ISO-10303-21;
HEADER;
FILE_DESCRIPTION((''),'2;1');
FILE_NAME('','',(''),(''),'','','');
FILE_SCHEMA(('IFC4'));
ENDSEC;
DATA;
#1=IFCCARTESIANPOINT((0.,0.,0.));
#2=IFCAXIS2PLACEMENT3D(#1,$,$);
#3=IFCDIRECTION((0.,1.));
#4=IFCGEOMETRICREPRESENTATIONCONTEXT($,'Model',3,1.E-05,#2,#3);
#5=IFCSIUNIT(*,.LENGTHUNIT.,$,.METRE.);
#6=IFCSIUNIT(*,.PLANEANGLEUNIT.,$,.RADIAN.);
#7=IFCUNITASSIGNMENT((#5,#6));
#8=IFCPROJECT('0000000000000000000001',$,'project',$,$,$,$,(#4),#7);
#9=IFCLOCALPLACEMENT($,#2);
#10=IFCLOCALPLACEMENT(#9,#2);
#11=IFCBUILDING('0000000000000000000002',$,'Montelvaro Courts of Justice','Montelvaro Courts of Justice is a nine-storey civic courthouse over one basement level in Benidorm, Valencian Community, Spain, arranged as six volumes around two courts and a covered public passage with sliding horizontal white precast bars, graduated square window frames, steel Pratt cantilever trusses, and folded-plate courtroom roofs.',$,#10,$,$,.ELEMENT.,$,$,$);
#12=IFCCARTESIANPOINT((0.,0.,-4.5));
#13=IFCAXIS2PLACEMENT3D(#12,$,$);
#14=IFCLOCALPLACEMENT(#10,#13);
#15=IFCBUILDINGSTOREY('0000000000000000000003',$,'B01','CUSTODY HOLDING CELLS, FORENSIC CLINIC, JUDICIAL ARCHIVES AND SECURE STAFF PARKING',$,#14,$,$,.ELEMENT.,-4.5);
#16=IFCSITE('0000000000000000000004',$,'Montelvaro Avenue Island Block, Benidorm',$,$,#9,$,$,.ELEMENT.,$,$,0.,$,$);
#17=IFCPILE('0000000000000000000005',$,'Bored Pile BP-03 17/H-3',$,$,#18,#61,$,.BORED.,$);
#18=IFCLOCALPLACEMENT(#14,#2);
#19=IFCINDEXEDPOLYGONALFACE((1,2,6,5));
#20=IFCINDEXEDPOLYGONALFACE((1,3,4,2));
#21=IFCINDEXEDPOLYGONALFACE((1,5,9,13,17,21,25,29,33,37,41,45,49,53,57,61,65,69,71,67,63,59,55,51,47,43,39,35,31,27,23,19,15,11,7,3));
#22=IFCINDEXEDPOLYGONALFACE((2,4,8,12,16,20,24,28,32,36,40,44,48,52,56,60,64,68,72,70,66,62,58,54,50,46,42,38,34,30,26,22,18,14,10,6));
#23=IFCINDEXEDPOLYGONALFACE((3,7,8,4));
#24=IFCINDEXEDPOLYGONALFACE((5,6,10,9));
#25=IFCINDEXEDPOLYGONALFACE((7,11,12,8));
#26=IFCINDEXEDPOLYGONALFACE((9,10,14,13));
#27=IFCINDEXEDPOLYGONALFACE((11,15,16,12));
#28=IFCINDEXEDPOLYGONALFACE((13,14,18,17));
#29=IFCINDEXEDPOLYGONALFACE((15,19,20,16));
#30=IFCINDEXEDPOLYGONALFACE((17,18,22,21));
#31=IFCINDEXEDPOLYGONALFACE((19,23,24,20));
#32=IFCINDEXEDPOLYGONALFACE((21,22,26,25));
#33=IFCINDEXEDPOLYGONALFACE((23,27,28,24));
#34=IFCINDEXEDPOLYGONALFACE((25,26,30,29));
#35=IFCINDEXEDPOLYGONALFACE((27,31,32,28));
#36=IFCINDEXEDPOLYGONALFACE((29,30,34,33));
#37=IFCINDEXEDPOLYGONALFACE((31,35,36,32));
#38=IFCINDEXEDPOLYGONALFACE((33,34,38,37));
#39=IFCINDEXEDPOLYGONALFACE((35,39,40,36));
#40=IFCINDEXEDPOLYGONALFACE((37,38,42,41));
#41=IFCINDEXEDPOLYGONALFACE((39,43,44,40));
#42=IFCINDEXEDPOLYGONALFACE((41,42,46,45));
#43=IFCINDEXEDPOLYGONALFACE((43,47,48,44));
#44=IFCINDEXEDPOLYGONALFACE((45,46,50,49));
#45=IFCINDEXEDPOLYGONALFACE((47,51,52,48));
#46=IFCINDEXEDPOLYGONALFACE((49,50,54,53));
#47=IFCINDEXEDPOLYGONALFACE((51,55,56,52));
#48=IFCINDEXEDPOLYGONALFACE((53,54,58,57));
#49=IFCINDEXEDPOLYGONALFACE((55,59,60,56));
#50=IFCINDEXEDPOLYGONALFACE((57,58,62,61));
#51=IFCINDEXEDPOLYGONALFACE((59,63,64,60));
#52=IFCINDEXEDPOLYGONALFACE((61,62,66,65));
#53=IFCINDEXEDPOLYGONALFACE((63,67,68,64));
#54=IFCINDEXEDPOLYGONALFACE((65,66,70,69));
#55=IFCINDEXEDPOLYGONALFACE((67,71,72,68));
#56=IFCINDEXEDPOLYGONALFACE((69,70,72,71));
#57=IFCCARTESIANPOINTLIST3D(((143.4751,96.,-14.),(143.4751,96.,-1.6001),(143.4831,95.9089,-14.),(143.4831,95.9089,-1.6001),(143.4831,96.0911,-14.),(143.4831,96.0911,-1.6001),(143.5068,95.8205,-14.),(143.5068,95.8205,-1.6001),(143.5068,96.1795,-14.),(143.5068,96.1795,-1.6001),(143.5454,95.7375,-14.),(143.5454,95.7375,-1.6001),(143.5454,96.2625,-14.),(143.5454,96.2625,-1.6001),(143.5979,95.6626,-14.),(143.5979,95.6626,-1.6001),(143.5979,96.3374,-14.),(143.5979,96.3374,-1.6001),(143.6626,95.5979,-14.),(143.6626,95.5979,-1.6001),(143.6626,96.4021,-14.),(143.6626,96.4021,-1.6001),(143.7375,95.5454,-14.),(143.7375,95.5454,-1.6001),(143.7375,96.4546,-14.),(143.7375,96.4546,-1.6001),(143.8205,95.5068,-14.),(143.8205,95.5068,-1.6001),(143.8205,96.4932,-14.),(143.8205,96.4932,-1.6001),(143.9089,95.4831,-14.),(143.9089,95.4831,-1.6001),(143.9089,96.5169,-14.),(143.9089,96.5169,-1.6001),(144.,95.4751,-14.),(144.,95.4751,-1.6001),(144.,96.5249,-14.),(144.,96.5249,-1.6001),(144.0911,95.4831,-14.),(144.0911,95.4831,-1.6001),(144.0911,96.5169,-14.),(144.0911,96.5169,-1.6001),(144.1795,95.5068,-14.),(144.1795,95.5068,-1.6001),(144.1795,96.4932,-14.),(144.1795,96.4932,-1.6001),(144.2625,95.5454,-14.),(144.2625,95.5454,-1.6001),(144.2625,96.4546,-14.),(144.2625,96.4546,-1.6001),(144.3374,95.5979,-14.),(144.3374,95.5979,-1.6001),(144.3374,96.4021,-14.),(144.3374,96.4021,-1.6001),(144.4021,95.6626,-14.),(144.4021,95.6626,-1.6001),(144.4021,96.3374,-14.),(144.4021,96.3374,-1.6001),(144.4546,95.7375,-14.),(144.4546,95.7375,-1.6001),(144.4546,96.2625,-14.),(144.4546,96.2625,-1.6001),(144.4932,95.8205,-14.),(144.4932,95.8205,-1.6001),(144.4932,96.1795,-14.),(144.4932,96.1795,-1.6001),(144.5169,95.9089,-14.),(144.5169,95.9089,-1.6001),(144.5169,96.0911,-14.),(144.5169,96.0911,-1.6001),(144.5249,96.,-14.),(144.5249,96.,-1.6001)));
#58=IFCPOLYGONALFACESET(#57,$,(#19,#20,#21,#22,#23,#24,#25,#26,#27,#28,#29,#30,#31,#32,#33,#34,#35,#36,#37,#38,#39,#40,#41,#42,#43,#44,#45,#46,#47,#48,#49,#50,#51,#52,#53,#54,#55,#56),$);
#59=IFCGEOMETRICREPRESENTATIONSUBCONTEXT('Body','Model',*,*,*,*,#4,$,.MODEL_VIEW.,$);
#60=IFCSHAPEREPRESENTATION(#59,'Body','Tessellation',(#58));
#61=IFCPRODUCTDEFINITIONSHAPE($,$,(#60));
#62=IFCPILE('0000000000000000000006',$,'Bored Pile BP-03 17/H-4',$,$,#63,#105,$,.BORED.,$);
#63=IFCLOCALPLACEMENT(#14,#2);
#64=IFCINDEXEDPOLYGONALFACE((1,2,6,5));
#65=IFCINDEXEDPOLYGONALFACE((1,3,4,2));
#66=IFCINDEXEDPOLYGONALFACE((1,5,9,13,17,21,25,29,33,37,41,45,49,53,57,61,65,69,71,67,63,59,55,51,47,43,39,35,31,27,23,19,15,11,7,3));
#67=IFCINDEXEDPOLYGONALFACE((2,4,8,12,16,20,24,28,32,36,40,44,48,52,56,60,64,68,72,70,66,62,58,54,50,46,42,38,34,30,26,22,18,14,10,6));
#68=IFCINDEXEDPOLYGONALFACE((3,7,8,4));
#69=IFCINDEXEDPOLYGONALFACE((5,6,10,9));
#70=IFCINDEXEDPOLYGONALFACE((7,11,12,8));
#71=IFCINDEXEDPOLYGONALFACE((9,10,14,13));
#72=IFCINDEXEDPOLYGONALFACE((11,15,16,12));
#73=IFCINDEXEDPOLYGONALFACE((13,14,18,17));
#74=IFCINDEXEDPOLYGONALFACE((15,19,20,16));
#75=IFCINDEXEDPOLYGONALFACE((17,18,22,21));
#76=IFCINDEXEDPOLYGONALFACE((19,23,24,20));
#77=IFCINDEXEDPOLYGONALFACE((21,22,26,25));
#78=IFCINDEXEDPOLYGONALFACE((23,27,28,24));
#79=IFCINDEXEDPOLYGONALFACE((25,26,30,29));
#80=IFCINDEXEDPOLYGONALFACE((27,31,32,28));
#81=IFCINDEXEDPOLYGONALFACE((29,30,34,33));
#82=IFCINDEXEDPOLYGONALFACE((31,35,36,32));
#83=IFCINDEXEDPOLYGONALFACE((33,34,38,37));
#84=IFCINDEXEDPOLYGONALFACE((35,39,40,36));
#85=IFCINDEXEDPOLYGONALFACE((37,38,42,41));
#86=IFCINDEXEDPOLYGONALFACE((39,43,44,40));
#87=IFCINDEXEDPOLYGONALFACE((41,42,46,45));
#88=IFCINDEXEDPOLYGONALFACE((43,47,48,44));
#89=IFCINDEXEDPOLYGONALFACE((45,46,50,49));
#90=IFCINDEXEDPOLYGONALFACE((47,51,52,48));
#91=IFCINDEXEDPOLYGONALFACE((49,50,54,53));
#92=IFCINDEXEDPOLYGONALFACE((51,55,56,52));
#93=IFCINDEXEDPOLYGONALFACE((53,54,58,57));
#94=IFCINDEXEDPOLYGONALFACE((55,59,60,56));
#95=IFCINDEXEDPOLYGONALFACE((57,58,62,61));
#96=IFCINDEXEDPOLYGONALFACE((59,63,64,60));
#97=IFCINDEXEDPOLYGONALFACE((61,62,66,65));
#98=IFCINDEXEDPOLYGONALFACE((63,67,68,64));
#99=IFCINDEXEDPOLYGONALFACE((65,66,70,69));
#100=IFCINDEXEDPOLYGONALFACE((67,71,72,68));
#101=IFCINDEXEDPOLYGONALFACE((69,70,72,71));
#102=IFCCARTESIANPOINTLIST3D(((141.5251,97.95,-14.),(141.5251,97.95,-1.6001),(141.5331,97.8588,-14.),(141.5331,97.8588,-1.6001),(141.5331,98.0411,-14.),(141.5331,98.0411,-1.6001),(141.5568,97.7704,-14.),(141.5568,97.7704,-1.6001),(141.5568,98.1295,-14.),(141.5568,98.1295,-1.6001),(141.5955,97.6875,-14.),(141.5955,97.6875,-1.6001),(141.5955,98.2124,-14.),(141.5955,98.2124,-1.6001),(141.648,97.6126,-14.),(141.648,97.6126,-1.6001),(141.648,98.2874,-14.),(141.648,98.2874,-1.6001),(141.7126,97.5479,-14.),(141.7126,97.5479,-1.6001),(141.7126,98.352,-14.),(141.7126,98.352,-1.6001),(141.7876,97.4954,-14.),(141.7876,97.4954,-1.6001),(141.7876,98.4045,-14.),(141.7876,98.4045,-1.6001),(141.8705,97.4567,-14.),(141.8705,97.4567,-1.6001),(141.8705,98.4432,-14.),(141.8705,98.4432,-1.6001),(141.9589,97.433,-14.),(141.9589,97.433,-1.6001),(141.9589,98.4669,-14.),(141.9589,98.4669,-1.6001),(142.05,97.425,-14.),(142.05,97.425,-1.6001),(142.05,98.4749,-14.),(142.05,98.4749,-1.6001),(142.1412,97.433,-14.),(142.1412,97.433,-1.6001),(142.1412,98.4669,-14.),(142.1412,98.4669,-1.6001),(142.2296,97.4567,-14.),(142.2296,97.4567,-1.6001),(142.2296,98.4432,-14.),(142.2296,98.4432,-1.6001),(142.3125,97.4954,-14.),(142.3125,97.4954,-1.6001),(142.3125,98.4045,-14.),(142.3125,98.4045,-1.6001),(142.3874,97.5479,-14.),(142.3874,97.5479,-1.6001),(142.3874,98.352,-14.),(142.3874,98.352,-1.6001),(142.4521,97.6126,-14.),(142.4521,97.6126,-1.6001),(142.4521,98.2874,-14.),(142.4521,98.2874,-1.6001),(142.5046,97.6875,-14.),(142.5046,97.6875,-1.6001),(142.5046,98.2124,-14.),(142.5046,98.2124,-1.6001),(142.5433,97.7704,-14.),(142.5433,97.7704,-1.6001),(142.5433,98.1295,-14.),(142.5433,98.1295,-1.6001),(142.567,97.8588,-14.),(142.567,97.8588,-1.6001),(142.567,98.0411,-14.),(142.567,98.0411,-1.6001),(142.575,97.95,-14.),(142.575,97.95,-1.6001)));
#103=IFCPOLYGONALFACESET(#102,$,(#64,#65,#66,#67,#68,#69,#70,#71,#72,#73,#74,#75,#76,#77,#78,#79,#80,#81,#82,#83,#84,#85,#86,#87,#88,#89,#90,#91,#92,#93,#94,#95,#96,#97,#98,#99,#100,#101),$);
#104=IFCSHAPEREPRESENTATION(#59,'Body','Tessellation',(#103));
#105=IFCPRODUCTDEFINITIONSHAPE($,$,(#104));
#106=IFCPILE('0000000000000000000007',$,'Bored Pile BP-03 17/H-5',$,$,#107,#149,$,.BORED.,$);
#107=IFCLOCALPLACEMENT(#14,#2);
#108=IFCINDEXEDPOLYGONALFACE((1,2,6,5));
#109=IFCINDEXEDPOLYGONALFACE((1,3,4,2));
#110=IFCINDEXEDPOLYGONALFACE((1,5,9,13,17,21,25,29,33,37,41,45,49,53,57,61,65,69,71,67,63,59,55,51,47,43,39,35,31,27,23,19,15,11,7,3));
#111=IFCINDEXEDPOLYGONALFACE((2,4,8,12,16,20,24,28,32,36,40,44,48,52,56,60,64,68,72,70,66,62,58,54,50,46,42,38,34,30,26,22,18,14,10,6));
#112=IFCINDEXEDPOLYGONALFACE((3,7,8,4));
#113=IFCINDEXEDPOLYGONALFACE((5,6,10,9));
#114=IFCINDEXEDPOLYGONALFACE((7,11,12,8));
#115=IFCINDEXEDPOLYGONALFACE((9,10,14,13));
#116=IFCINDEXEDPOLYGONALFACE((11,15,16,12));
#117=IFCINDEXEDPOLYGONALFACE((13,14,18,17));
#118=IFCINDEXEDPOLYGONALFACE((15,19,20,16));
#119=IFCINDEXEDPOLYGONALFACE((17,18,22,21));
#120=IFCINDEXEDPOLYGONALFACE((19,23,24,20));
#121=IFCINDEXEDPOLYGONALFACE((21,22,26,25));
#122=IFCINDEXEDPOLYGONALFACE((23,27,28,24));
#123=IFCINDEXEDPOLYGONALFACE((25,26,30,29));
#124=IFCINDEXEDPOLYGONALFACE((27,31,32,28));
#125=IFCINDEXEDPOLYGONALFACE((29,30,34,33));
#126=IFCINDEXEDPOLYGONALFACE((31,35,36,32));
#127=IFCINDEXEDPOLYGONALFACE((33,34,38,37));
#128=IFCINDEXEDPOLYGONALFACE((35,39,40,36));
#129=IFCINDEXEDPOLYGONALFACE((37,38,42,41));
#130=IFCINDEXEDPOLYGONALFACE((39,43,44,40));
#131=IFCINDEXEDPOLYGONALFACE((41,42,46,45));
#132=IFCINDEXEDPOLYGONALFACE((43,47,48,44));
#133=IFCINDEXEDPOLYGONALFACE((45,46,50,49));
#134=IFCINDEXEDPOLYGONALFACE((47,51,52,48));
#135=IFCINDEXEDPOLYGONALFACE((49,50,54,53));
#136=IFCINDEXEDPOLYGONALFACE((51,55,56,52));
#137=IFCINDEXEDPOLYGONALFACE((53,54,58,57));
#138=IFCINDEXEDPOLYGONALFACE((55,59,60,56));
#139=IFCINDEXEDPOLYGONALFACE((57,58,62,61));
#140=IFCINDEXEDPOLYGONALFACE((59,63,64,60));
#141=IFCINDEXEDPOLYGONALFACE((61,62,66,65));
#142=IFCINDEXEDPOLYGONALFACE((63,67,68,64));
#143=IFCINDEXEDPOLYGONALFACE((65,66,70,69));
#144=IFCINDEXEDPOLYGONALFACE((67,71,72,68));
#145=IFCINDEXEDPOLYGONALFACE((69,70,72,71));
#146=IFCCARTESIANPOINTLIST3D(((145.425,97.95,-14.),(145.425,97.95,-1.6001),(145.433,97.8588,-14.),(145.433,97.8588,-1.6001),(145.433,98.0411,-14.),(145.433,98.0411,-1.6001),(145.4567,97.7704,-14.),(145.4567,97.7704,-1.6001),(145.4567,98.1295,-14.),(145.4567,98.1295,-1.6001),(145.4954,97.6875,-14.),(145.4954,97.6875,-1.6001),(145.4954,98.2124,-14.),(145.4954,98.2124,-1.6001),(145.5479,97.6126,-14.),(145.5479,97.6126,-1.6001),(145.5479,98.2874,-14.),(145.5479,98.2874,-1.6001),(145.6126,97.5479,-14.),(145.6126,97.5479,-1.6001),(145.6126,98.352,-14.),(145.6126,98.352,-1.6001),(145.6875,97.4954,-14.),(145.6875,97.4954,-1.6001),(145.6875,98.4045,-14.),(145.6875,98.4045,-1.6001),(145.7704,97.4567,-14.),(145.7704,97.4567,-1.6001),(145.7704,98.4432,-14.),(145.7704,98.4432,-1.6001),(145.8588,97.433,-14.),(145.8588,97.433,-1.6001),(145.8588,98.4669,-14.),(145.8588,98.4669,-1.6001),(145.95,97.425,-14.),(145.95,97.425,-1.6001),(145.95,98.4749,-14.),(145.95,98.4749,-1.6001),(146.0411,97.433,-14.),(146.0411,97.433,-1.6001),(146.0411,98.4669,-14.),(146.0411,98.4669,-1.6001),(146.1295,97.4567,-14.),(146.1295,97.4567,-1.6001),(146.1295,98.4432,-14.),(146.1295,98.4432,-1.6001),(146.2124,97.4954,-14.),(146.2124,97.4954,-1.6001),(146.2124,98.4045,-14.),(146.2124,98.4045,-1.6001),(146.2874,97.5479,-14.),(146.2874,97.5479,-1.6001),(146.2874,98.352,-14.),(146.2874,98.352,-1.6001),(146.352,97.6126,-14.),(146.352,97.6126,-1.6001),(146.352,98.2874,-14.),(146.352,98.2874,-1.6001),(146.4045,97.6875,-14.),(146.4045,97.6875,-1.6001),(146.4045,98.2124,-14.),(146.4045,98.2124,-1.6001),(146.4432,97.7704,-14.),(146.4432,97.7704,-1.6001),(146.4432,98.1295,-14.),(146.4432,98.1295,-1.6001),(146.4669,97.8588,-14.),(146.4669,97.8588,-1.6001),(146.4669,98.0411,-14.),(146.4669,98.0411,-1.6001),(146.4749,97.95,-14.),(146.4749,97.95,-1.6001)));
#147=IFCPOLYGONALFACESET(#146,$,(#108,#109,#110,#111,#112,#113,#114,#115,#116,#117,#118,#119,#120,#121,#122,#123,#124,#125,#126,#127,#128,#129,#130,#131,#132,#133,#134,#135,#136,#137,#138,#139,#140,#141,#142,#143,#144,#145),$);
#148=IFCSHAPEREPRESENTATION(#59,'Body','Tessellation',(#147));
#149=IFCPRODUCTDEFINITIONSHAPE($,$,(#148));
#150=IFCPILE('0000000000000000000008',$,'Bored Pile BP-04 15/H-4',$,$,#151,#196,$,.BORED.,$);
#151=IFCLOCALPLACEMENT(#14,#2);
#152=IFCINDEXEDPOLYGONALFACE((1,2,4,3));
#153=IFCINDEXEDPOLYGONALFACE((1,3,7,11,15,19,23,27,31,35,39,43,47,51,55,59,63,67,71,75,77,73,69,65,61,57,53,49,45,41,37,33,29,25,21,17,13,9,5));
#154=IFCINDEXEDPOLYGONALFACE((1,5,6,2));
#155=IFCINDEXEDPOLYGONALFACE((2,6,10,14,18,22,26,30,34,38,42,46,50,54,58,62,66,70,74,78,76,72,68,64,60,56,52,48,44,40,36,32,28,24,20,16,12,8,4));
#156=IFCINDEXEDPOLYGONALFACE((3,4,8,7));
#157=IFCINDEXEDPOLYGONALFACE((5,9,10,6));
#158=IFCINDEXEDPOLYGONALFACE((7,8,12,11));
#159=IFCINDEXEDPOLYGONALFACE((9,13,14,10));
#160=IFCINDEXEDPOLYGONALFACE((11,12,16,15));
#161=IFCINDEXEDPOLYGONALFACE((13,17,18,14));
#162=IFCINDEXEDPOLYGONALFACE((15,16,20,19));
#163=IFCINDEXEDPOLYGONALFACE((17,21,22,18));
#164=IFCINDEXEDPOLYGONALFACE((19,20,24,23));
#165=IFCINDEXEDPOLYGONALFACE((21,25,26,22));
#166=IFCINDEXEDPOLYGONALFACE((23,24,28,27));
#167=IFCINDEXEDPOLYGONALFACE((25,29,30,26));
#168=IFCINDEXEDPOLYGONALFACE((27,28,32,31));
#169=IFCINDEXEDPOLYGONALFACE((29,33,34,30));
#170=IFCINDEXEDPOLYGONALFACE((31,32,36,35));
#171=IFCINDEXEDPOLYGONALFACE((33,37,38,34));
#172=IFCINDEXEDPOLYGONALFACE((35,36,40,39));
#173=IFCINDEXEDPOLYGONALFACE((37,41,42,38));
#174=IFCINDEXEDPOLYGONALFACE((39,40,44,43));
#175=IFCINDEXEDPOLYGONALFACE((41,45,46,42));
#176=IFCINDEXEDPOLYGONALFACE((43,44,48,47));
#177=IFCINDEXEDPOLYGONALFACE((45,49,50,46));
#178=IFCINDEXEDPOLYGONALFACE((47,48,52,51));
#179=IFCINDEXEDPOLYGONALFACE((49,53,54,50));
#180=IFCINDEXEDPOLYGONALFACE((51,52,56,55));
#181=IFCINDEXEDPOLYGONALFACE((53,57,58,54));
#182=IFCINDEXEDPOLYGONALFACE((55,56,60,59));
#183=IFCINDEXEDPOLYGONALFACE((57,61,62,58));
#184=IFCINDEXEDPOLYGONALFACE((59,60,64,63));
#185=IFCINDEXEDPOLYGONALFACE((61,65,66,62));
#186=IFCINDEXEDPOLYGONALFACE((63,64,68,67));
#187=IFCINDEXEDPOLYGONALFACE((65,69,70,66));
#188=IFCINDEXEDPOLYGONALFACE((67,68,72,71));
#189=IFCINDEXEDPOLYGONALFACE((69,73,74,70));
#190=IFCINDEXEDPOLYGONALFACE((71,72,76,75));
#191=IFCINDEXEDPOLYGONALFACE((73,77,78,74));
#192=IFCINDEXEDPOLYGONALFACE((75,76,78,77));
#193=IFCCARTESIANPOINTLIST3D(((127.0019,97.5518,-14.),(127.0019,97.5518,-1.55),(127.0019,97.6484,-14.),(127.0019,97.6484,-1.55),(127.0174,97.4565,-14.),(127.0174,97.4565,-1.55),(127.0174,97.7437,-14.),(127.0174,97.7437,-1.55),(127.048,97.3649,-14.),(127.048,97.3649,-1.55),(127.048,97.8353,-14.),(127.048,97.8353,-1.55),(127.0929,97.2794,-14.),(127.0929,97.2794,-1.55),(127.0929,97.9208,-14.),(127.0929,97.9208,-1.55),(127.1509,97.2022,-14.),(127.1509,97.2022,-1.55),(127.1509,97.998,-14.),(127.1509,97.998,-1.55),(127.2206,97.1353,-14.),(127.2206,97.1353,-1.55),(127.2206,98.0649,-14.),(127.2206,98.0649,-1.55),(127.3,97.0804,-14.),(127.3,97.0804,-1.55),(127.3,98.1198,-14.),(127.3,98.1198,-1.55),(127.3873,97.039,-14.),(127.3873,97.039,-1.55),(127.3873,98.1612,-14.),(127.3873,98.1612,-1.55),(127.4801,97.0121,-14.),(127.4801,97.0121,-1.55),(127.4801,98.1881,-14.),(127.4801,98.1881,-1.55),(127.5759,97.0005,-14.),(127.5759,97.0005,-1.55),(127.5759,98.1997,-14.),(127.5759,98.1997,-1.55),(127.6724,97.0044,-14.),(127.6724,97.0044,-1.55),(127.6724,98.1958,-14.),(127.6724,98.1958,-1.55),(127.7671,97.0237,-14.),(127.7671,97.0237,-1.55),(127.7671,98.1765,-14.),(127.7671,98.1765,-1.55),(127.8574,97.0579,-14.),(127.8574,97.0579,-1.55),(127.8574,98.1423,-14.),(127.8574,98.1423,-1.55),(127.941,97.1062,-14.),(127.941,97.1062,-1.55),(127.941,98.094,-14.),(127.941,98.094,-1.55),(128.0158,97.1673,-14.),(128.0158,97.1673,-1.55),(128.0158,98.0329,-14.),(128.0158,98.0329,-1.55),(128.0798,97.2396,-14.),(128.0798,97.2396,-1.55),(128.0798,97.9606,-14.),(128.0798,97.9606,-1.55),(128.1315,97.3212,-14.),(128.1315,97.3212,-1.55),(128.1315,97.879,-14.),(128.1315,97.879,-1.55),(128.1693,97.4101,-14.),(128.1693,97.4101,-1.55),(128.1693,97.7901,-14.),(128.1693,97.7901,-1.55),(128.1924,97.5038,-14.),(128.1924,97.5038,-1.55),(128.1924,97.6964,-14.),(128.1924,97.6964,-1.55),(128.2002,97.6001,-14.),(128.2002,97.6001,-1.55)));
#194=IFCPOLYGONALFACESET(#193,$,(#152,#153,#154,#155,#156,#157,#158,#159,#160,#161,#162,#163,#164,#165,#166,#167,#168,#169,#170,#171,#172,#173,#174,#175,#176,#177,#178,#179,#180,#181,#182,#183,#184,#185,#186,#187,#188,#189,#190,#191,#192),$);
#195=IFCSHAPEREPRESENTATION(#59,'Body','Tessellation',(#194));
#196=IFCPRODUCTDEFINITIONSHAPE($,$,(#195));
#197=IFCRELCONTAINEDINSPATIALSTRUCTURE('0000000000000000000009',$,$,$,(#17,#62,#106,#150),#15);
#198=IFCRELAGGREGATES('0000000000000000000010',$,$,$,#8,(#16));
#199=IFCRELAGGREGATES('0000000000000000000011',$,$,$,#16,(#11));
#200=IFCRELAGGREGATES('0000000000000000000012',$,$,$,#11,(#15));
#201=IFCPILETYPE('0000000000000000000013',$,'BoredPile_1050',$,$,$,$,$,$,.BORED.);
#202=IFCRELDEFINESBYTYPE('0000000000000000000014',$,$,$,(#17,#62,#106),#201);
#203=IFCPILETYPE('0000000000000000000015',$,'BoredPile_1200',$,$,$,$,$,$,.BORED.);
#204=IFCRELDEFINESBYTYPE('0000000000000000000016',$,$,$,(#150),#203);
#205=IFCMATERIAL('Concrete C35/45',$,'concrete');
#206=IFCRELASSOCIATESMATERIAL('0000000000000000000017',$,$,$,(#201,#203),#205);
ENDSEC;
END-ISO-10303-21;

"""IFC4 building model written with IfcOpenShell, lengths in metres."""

from ifc_helpers import new_model, si_unit, direction, frame, origin, origin_2d, place, context, subcontext, project, spatial, circle, extrude, material, material_profile, profile_set, type_object, element, save


model = new_model("IFC4")

# Units and contexts
model_context = context("Model", 3, precision=1e-05, world=origin(), true_north=direction((0.0, 1.0)))
body_context = subcontext(model_context, "Body", "Model", "MODEL_VIEW")
ifc_project = project(units=[si_unit("LENGTHUNIT", "METRE"), si_unit("PLANEANGLEUNIT", "RADIAN")], contexts=[model_context])

# Site, building, storey
site_placement = place(None, origin())
site = spatial("IfcSite", under=ifc_project, at=site_placement, Name="Montelvaro Avenue Island Block, Benidorm", CompositionType="ELEMENT", RefElevation=0.0)
building_placement = place(site_placement, origin())
building = spatial("IfcBuilding", under=site, at=building_placement, Name="Montelvaro Courts of Justice", Description="Montelvaro Courts of Justice is a nine-storey civic courthouse over one basement level in Benidorm, Valencian Community, Spain, arranged as six volumes around two courts and a covered public passage with sliding horizontal white precast bars, graduated square window frames, steel Pratt cantilever trusses, and folded-plate courtroom roofs.", CompositionType="ELEMENT")
storey_placement = place(building_placement, frame((0.0, 0.0, -4.5)))
storey = spatial("IfcBuildingStorey", under=building, at=storey_placement, Name="B01", Description="CUSTODY HOLDING CELLS, FORENSIC CLINIC, JUDICIAL ARCHIVES AND SECURE STAFF PARKING", CompositionType="ELEMENT", Elevation=-4.5)

# Piles
ifc_material_1 = material(Name="Concrete C35/45", Category="concrete")
ifc_material_profile_1 = material_profile(ifc_material_1, circle(Radius=0.5249, at=origin_2d()), Name="BORED PILE D1050")
ifc_profile_set_1 = profile_set([ifc_material_profile_1], Name="Concrete C35/45")
pile_type_1 = type_object("IfcPileType", Name="BoredPile_1050", PredefinedType="BORED", material=ifc_profile_set_1)
for number, where, z_axis, x_axis, name in (
    (1, (144.0, 96.0, -1.6001), (0.0, 0.0, -1.0), (1.0, 0.0, 0.0), "Bored Pile BP-03 17/H-3"),
    (2, (142.05, 97.95, -1.6001), (0.0, 0.0, -1.0), (1.0, 0.0, 0.0), "Bored Pile BP-03 17/H-4"),
    (3, (145.95, 97.95, -1.6001), (0.0, 0.0, -1.0), (1.0, 0.0, 0.0), "Bored Pile BP-03 17/H-5"),
):
    element("IfcPile", number, at=place(storey_placement, frame(where, z_axis=z_axis, x_axis=x_axis)), inside=storey, type_object=pile_type_1, Name=name, PredefinedType="BORED", context=body_context, shape_type="SweptSolid", body=[
        extrude(circle(Radius=0.5249, at=origin_2d()), origin(), (0.0, 0.0, 1.0), 12.3999),
    ])
ifc_material_profile_2 = material_profile(ifc_material_1, circle(Radius=0.6001, at=origin_2d()), Name="BORED PILE D1200")
ifc_profile_set_2 = profile_set([ifc_material_profile_2], Name="Concrete C35/45")
pile_type_2 = type_object("IfcPileType", Name="BoredPile_1200", PredefinedType="BORED", material=ifc_profile_set_2)
pile_placement = place(storey_placement, frame((127.6001, 97.6001, -1.55), z_axis=(0.0, 0.0, -1.0), x_axis=(1.0, 0.0, 0.0)))
element("IfcPile", 4, at=pile_placement, inside=storey, type_object=pile_type_2, Name="Bored Pile BP-04 15/H-4", PredefinedType="BORED", context=body_context, shape_type="SweptSolid", body=[
    extrude(circle(Radius=0.6001, at=origin_2d()), origin(), (0.0, 0.0, 1.0), 12.45),
])

save(model, "model.ifc")
